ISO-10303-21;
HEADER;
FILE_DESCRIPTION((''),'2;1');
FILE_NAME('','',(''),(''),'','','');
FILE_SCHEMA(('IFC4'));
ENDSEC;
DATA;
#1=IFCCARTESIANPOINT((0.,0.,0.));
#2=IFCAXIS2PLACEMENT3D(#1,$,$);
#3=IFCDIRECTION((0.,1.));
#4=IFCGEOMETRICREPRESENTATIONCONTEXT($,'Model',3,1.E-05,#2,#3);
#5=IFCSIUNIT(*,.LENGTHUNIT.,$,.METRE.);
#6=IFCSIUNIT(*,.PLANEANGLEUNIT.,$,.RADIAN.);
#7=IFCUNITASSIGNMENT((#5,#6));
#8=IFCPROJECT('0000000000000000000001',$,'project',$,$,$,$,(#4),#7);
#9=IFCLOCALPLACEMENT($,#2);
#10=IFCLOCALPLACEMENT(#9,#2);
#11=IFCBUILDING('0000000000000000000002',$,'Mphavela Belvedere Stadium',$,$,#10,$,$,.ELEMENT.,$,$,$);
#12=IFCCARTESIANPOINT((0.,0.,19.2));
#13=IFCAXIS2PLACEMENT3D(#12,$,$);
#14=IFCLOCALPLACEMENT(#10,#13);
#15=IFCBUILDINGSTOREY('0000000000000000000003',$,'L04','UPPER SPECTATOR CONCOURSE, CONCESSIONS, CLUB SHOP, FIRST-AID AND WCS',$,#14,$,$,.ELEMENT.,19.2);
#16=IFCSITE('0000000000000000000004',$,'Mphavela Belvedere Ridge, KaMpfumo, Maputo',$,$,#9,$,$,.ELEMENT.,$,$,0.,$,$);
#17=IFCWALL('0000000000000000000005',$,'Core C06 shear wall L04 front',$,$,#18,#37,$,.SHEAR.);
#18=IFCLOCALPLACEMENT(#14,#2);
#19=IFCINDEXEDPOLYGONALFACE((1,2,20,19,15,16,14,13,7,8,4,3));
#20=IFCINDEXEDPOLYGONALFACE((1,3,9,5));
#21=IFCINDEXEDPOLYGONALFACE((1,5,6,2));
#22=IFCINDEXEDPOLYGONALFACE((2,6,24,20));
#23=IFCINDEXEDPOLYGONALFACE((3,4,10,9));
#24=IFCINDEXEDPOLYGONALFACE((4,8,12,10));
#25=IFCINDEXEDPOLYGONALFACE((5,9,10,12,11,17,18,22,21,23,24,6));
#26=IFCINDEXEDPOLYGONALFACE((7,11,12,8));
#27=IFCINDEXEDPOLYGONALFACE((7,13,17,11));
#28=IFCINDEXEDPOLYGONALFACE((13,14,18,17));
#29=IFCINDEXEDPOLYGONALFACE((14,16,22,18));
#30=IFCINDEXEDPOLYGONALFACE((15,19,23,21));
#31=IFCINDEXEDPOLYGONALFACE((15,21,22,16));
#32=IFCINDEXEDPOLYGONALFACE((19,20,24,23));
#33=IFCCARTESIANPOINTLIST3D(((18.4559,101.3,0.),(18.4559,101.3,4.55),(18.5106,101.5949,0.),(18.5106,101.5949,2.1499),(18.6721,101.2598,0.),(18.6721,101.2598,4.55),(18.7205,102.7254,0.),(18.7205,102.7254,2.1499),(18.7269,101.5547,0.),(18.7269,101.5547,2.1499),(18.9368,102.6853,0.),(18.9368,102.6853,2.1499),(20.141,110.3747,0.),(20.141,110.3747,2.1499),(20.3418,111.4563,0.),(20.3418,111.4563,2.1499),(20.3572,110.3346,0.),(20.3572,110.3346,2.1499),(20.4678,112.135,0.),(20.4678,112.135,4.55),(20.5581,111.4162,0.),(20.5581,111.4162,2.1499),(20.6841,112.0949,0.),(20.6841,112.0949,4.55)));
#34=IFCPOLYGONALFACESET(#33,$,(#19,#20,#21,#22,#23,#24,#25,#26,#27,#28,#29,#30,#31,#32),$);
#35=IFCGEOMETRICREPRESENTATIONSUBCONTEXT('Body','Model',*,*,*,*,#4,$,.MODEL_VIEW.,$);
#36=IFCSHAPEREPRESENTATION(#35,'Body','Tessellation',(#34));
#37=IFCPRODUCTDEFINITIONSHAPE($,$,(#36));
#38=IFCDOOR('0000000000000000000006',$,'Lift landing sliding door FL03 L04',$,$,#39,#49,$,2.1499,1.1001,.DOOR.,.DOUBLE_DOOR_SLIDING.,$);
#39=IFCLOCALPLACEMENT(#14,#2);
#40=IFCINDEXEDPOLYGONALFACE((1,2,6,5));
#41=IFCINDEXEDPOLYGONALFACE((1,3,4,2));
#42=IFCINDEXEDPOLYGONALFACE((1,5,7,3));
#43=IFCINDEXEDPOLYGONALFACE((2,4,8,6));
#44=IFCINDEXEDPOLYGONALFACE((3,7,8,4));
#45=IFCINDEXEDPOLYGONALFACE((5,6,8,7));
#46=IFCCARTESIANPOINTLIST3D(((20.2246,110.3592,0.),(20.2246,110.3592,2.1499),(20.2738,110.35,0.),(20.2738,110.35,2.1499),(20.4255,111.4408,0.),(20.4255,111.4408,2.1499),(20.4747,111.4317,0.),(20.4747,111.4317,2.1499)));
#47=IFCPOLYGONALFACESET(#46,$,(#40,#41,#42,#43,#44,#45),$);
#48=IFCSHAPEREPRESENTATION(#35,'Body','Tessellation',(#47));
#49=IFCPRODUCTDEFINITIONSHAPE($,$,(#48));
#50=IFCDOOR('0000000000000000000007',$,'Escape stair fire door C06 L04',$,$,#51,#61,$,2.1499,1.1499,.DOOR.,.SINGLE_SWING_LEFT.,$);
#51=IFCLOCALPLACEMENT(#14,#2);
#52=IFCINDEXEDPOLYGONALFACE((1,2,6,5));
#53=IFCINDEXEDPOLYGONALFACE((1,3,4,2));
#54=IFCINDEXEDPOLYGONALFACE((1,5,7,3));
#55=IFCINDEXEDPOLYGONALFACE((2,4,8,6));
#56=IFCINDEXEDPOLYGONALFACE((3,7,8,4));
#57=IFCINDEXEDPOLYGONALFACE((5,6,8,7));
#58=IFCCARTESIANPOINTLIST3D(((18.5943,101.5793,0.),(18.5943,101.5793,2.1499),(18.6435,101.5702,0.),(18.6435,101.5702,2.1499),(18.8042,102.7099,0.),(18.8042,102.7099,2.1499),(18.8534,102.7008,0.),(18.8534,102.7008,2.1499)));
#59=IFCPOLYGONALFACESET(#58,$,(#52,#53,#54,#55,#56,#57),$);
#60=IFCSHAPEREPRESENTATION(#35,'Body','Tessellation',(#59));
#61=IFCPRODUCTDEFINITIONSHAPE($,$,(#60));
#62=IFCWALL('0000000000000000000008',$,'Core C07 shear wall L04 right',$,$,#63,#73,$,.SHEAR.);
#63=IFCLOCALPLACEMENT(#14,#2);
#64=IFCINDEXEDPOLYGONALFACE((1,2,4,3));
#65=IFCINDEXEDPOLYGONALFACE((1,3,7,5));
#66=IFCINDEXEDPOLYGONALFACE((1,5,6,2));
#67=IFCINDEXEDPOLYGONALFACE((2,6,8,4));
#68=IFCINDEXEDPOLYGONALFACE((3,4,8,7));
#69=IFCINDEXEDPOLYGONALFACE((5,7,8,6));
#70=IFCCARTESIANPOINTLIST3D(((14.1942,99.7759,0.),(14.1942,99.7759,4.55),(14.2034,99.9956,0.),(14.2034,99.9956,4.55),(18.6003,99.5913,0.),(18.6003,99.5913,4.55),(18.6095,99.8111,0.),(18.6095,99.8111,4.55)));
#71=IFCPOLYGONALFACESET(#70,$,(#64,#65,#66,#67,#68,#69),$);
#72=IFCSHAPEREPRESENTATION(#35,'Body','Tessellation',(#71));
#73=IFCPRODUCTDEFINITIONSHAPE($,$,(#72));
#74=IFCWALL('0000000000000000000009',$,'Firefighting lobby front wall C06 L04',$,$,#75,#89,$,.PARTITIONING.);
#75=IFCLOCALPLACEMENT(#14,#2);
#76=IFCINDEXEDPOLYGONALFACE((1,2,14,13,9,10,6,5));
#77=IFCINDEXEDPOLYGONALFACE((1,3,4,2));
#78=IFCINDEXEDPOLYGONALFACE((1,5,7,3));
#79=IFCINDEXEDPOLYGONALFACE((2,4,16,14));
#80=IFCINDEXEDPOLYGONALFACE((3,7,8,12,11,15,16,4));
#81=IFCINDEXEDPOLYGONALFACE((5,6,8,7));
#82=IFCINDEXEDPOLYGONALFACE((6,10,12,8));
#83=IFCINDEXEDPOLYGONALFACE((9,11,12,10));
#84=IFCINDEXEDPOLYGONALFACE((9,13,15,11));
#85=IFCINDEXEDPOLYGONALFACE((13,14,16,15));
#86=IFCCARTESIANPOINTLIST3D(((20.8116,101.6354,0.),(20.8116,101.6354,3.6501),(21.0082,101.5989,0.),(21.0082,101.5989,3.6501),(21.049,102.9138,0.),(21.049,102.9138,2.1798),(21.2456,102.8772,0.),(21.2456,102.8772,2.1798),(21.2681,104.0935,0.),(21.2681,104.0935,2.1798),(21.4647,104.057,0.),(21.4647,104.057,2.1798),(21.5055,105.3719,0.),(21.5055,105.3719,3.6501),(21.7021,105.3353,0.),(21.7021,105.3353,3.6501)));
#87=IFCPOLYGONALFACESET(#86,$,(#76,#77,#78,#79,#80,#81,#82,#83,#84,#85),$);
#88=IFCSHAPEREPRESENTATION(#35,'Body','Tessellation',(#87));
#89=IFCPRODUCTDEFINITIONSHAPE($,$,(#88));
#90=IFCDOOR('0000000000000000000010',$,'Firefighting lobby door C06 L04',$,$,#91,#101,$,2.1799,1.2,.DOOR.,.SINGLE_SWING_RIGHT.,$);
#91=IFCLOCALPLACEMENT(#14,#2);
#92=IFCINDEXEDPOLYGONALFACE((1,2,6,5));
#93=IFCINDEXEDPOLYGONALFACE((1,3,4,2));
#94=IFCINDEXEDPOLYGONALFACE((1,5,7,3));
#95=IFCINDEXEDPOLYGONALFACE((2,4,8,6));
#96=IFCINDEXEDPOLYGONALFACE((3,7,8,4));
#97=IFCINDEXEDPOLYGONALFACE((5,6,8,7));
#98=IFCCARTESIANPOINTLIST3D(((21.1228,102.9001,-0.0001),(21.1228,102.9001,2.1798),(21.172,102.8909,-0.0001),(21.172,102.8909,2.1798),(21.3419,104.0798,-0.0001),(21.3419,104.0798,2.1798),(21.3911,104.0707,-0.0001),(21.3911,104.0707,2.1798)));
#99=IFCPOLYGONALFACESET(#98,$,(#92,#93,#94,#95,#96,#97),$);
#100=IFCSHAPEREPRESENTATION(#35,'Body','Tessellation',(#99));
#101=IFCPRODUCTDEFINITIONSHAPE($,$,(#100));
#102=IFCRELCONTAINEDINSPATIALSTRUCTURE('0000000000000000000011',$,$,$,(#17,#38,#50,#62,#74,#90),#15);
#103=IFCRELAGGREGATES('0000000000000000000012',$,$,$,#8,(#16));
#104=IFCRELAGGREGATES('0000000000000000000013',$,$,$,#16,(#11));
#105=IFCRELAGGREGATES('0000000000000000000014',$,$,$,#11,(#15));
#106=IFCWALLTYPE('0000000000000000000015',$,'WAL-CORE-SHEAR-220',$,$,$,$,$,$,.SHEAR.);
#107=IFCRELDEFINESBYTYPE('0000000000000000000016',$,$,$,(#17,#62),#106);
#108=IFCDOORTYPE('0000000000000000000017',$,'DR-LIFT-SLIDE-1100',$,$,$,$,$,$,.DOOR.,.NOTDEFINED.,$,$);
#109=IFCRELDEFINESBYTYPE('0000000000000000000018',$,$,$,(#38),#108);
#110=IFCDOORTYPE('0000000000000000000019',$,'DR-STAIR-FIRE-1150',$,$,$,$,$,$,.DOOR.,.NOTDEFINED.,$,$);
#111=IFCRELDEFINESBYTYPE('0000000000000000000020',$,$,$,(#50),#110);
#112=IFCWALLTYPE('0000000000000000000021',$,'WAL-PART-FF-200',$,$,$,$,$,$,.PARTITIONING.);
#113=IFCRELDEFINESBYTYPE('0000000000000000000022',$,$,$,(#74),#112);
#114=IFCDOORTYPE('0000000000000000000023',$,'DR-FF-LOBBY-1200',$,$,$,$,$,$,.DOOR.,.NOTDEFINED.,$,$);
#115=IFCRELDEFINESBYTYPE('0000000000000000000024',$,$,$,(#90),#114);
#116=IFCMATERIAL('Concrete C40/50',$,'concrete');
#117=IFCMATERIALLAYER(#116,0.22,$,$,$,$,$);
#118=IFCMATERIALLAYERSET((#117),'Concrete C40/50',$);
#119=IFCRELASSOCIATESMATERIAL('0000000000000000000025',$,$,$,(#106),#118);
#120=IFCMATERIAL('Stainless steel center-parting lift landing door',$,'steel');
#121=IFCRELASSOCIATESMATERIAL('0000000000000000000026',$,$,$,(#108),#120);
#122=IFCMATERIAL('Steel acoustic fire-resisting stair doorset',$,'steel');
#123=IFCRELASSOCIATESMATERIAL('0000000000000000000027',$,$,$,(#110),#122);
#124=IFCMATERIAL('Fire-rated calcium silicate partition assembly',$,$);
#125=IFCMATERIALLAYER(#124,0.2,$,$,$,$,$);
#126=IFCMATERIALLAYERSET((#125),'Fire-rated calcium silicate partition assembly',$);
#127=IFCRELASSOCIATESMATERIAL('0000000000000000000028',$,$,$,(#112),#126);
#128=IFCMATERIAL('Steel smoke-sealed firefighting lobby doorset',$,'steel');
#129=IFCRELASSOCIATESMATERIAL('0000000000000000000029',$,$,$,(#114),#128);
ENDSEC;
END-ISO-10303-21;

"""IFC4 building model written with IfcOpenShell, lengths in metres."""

from ifc_helpers import new_model, si_unit, direction, frame, frame_2d, origin, place, context, subcontext, project, spatial, rectangle, extrude, material, layer, layer_set, type_object, element, fill, save


model = new_model("IFC4")

# Units and contexts
model_context = context("Model", 3, precision=1e-05, world=origin(), true_north=direction((0.0, 1.0)))
body_context = subcontext(model_context, "Body", "Model", "MODEL_VIEW")
ifc_project = project(units=[si_unit("LENGTHUNIT", "METRE"), si_unit("PLANEANGLEUNIT", "RADIAN")], contexts=[model_context])

# Site, building, storey
site_placement = place(None, origin())
site = spatial("IfcSite", under=ifc_project, at=site_placement, Name="Mphavela Belvedere Ridge, KaMpfumo, Maputo", CompositionType="ELEMENT", RefElevation=0.0)
building_placement = place(site_placement, origin())
building = spatial("IfcBuilding", under=site, at=building_placement, Name="Mphavela Belvedere Stadium", CompositionType="ELEMENT")
storey_placement = place(building_placement, frame((0.0, 0.0, 19.2)))
storey = spatial("IfcBuildingStorey", under=building, at=storey_placement, Name="L04", Description="UPPER SPECTATOR CONCOURSE, CONCESSIONS, CLUB SHOP, FIRST-AID AND WCS", CompositionType="ELEMENT", Elevation=19.2)

# Shared definitions
ifc_material_1 = material(Name="Concrete C40/50", Category="concrete")
ifc_layer_1 = layer(ifc_material_1, 0.22)
ifc_layer_set_1 = layer_set([ifc_layer_1], Name="Concrete C40/50")
wall_type_1 = type_object("IfcWallType", Name="WAL-CORE-SHEAR-220", PredefinedType="SHEAR", material=ifc_layer_set_1)

# Wall, openings, doors
wall_1_placement = place(storey_placement, frame((18.564, 101.2798, 0.0), z_axis=(0.0, 0.0, 1.0), x_axis=(0.182571, 0.983193, 0.0)))
wall_1 = element("IfcWall", 1, at=wall_1_placement, inside=storey, type_object=wall_type_1, Name="Core C06 shear wall L04 front", PredefinedType="SHEAR", context=body_context, shape_type="SweptSolid", body=[
    extrude(rectangle(XDim=11.0203, YDim=0.22, at=frame_2d((5.5103, 0.0))), origin(), (0.0, 0.0, 1.0), 4.55),
])
opening_1_placement = place(wall_1_placement, frame((0.3, 0.0, 0.0)))
opening_1 = element("IfcOpeningElement", 2, at=opening_1_placement, cuts=wall_1, PredefinedType="OPENING", context=body_context, shape_type="SweptSolid", body=[
    extrude(rectangle(XDim=1.1499, YDim=2.1499, at=frame_2d((0.575, 1.075))), frame((0.0, 0.1201, 0.0), z_axis=(0.0, -1.0, 0.0), x_axis=(1.0, 0.0, 0.0)), (0.0, 0.0, 1.0), 0.24),
])
opening_2_placement = place(wall_1_placement, frame((9.23, 0.0, 0.0)))
opening_2 = element("IfcOpeningElement", 3, at=opening_2_placement, cuts=wall_1, PredefinedType="OPENING", context=body_context, shape_type="SweptSolid", body=[
    extrude(rectangle(XDim=1.1001, YDim=2.1499, at=frame_2d((0.55, 1.075))), frame((0.0, 0.1201, 0.0), z_axis=(0.0, -1.0, 0.0), x_axis=(1.0, 0.0, 0.0)), (0.0, 0.0, 1.0), 0.24),
])
ifc_material_2 = material(Name="Stainless steel center-parting lift landing door", Category="steel")
door_type_1 = type_object("IfcDoorType", Name="DR-LIFT-SLIDE-1100", OperationType="NOTDEFINED", PredefinedType="DOOR", material=ifc_material_2)
door_1_placement = place(opening_2_placement, origin())
door_1 = element("IfcDoor", 4, at=door_1_placement, inside=storey, type_object=door_type_1, Name="Lift landing sliding door FL03 L04", OperationType="DOUBLE_DOOR_SLIDING", OverallHeight=2.1499, OverallWidth=1.1001, PredefinedType="DOOR", context=body_context, shape_type="SweptSolid", body=[
    extrude(rectangle(XDim=1.1001, YDim=2.1499, at=frame_2d((0.55, 1.075))), frame((0.0, 0.0249, 0.0), z_axis=(0.0, -1.0, 0.0), x_axis=(1.0, 0.0, 0.0)), (0.0, 0.0, 1.0), 0.05),
])
fill(opening_2, door_1)
ifc_material_3 = material(Name="Steel acoustic fire-resisting stair doorset", Category="steel")
door_type_2 = type_object("IfcDoorType", Name="DR-STAIR-FIRE-1150", OperationType="NOTDEFINED", PredefinedType="DOOR", material=ifc_material_3)
door_2_placement = place(opening_1_placement, origin())
door_2 = element("IfcDoor", 5, at=door_2_placement, inside=storey, type_object=door_type_2, Name="Escape stair fire door C06 L04", OperationType="SINGLE_SWING_LEFT", OverallHeight=2.1499, OverallWidth=1.1499, PredefinedType="DOOR", context=body_context, shape_type="SweptSolid", body=[
    extrude(rectangle(XDim=1.1499, YDim=2.1499, at=frame_2d((0.575, 1.075))), frame((0.0, 0.0249, 0.0), z_axis=(0.0, -1.0, 0.0), x_axis=(1.0, 0.0, 0.0)), (0.0, 0.0, 1.0), 0.05),
])
fill(opening_1, door_2)

# Wall
wall_2_placement = place(storey_placement, frame((18.605, 99.7012, 0.0), z_axis=(0.0, 0.0, 1.0), x_axis=(-0.999124, 0.041854, 0.0)))
element("IfcWall", 6, at=wall_2_placement, inside=storey, type_object=wall_type_1, Name="Core C07 shear wall L04 right", PredefinedType="SHEAR", context=body_context, shape_type="SweptSolid", body=[
    extrude(rectangle(XDim=4.4099, YDim=0.22, at=frame_2d((2.2051, 0.0))), origin(), (0.0, 0.0, 1.0), 4.55),
])

# Wall, opening, door
ifc_material_4 = material(Name="Fire-rated calcium silicate partition assembly")
ifc_layer_2 = layer(ifc_material_4, 0.2)
ifc_layer_set_2 = layer_set([ifc_layer_2], Name="Fire-rated calcium silicate partition assembly")
wall_type_2 = type_object("IfcWallType", Name="WAL-PART-FF-200", PredefinedType="PARTITIONING", material=ifc_layer_set_2)
wall_3_placement = place(storey_placement, frame((20.9099, 101.6172, 0.0), z_axis=(0.0, 0.0, 1.0), x_axis=(0.182582, 0.983191, 0.0)))
wall_3 = element("IfcWall", 7, at=wall_3_placement, inside=storey, type_object=wall_type_2, Name="Firefighting lobby front wall C06 L04", PredefinedType="PARTITIONING", context=body_context, shape_type="SweptSolid", body=[
    extrude(rectangle(XDim=3.8003, YDim=0.2, at=frame_2d((1.9001, 0.0))), origin(), (0.0, 0.0, 1.0), 3.6501),
])
opening_3_placement = place(wall_3_placement, frame((1.3, 0.0, 0.0)))
opening_3 = element("IfcOpeningElement", 8, at=opening_3_placement, cuts=wall_3, PredefinedType="OPENING", context=body_context, shape_type="SweptSolid", body=[
    extrude(rectangle(XDim=1.2, YDim=2.1799, at=frame_2d((0.6001, 1.0898))), frame((0.0, 0.1099, 0.0), z_axis=(0.0, -1.0, 0.0), x_axis=(1.0, 0.0, 0.0)), (0.0, 0.0, 1.0), 0.22),
])
ifc_material_5 = material(Name="Steel smoke-sealed firefighting lobby doorset", Category="steel")
door_type_3 = type_object("IfcDoorType", Name="DR-FF-LOBBY-1200", OperationType="NOTDEFINED", PredefinedType="DOOR", material=ifc_material_5)
door_3_placement = place(opening_3_placement, origin())
door_3 = element("IfcDoor", 9, at=door_3_placement, inside=storey, type_object=door_type_3, Name="Firefighting lobby door C06 L04", OperationType="SINGLE_SWING_RIGHT", OverallHeight=2.1799, OverallWidth=1.2, PredefinedType="DOOR", context=body_context, shape_type="SweptSolid", body=[
    extrude(rectangle(XDim=1.2, YDim=2.1799, at=frame_2d((0.6001, 1.0898))), frame((0.0, 0.0249, 0.0), z_axis=(0.0, -1.0, 0.0), x_axis=(1.0, 0.0, 0.0)), (0.0, 0.0, 1.0), 0.05),
])
fill(opening_3, door_3)

save(model, "model.ifc")
